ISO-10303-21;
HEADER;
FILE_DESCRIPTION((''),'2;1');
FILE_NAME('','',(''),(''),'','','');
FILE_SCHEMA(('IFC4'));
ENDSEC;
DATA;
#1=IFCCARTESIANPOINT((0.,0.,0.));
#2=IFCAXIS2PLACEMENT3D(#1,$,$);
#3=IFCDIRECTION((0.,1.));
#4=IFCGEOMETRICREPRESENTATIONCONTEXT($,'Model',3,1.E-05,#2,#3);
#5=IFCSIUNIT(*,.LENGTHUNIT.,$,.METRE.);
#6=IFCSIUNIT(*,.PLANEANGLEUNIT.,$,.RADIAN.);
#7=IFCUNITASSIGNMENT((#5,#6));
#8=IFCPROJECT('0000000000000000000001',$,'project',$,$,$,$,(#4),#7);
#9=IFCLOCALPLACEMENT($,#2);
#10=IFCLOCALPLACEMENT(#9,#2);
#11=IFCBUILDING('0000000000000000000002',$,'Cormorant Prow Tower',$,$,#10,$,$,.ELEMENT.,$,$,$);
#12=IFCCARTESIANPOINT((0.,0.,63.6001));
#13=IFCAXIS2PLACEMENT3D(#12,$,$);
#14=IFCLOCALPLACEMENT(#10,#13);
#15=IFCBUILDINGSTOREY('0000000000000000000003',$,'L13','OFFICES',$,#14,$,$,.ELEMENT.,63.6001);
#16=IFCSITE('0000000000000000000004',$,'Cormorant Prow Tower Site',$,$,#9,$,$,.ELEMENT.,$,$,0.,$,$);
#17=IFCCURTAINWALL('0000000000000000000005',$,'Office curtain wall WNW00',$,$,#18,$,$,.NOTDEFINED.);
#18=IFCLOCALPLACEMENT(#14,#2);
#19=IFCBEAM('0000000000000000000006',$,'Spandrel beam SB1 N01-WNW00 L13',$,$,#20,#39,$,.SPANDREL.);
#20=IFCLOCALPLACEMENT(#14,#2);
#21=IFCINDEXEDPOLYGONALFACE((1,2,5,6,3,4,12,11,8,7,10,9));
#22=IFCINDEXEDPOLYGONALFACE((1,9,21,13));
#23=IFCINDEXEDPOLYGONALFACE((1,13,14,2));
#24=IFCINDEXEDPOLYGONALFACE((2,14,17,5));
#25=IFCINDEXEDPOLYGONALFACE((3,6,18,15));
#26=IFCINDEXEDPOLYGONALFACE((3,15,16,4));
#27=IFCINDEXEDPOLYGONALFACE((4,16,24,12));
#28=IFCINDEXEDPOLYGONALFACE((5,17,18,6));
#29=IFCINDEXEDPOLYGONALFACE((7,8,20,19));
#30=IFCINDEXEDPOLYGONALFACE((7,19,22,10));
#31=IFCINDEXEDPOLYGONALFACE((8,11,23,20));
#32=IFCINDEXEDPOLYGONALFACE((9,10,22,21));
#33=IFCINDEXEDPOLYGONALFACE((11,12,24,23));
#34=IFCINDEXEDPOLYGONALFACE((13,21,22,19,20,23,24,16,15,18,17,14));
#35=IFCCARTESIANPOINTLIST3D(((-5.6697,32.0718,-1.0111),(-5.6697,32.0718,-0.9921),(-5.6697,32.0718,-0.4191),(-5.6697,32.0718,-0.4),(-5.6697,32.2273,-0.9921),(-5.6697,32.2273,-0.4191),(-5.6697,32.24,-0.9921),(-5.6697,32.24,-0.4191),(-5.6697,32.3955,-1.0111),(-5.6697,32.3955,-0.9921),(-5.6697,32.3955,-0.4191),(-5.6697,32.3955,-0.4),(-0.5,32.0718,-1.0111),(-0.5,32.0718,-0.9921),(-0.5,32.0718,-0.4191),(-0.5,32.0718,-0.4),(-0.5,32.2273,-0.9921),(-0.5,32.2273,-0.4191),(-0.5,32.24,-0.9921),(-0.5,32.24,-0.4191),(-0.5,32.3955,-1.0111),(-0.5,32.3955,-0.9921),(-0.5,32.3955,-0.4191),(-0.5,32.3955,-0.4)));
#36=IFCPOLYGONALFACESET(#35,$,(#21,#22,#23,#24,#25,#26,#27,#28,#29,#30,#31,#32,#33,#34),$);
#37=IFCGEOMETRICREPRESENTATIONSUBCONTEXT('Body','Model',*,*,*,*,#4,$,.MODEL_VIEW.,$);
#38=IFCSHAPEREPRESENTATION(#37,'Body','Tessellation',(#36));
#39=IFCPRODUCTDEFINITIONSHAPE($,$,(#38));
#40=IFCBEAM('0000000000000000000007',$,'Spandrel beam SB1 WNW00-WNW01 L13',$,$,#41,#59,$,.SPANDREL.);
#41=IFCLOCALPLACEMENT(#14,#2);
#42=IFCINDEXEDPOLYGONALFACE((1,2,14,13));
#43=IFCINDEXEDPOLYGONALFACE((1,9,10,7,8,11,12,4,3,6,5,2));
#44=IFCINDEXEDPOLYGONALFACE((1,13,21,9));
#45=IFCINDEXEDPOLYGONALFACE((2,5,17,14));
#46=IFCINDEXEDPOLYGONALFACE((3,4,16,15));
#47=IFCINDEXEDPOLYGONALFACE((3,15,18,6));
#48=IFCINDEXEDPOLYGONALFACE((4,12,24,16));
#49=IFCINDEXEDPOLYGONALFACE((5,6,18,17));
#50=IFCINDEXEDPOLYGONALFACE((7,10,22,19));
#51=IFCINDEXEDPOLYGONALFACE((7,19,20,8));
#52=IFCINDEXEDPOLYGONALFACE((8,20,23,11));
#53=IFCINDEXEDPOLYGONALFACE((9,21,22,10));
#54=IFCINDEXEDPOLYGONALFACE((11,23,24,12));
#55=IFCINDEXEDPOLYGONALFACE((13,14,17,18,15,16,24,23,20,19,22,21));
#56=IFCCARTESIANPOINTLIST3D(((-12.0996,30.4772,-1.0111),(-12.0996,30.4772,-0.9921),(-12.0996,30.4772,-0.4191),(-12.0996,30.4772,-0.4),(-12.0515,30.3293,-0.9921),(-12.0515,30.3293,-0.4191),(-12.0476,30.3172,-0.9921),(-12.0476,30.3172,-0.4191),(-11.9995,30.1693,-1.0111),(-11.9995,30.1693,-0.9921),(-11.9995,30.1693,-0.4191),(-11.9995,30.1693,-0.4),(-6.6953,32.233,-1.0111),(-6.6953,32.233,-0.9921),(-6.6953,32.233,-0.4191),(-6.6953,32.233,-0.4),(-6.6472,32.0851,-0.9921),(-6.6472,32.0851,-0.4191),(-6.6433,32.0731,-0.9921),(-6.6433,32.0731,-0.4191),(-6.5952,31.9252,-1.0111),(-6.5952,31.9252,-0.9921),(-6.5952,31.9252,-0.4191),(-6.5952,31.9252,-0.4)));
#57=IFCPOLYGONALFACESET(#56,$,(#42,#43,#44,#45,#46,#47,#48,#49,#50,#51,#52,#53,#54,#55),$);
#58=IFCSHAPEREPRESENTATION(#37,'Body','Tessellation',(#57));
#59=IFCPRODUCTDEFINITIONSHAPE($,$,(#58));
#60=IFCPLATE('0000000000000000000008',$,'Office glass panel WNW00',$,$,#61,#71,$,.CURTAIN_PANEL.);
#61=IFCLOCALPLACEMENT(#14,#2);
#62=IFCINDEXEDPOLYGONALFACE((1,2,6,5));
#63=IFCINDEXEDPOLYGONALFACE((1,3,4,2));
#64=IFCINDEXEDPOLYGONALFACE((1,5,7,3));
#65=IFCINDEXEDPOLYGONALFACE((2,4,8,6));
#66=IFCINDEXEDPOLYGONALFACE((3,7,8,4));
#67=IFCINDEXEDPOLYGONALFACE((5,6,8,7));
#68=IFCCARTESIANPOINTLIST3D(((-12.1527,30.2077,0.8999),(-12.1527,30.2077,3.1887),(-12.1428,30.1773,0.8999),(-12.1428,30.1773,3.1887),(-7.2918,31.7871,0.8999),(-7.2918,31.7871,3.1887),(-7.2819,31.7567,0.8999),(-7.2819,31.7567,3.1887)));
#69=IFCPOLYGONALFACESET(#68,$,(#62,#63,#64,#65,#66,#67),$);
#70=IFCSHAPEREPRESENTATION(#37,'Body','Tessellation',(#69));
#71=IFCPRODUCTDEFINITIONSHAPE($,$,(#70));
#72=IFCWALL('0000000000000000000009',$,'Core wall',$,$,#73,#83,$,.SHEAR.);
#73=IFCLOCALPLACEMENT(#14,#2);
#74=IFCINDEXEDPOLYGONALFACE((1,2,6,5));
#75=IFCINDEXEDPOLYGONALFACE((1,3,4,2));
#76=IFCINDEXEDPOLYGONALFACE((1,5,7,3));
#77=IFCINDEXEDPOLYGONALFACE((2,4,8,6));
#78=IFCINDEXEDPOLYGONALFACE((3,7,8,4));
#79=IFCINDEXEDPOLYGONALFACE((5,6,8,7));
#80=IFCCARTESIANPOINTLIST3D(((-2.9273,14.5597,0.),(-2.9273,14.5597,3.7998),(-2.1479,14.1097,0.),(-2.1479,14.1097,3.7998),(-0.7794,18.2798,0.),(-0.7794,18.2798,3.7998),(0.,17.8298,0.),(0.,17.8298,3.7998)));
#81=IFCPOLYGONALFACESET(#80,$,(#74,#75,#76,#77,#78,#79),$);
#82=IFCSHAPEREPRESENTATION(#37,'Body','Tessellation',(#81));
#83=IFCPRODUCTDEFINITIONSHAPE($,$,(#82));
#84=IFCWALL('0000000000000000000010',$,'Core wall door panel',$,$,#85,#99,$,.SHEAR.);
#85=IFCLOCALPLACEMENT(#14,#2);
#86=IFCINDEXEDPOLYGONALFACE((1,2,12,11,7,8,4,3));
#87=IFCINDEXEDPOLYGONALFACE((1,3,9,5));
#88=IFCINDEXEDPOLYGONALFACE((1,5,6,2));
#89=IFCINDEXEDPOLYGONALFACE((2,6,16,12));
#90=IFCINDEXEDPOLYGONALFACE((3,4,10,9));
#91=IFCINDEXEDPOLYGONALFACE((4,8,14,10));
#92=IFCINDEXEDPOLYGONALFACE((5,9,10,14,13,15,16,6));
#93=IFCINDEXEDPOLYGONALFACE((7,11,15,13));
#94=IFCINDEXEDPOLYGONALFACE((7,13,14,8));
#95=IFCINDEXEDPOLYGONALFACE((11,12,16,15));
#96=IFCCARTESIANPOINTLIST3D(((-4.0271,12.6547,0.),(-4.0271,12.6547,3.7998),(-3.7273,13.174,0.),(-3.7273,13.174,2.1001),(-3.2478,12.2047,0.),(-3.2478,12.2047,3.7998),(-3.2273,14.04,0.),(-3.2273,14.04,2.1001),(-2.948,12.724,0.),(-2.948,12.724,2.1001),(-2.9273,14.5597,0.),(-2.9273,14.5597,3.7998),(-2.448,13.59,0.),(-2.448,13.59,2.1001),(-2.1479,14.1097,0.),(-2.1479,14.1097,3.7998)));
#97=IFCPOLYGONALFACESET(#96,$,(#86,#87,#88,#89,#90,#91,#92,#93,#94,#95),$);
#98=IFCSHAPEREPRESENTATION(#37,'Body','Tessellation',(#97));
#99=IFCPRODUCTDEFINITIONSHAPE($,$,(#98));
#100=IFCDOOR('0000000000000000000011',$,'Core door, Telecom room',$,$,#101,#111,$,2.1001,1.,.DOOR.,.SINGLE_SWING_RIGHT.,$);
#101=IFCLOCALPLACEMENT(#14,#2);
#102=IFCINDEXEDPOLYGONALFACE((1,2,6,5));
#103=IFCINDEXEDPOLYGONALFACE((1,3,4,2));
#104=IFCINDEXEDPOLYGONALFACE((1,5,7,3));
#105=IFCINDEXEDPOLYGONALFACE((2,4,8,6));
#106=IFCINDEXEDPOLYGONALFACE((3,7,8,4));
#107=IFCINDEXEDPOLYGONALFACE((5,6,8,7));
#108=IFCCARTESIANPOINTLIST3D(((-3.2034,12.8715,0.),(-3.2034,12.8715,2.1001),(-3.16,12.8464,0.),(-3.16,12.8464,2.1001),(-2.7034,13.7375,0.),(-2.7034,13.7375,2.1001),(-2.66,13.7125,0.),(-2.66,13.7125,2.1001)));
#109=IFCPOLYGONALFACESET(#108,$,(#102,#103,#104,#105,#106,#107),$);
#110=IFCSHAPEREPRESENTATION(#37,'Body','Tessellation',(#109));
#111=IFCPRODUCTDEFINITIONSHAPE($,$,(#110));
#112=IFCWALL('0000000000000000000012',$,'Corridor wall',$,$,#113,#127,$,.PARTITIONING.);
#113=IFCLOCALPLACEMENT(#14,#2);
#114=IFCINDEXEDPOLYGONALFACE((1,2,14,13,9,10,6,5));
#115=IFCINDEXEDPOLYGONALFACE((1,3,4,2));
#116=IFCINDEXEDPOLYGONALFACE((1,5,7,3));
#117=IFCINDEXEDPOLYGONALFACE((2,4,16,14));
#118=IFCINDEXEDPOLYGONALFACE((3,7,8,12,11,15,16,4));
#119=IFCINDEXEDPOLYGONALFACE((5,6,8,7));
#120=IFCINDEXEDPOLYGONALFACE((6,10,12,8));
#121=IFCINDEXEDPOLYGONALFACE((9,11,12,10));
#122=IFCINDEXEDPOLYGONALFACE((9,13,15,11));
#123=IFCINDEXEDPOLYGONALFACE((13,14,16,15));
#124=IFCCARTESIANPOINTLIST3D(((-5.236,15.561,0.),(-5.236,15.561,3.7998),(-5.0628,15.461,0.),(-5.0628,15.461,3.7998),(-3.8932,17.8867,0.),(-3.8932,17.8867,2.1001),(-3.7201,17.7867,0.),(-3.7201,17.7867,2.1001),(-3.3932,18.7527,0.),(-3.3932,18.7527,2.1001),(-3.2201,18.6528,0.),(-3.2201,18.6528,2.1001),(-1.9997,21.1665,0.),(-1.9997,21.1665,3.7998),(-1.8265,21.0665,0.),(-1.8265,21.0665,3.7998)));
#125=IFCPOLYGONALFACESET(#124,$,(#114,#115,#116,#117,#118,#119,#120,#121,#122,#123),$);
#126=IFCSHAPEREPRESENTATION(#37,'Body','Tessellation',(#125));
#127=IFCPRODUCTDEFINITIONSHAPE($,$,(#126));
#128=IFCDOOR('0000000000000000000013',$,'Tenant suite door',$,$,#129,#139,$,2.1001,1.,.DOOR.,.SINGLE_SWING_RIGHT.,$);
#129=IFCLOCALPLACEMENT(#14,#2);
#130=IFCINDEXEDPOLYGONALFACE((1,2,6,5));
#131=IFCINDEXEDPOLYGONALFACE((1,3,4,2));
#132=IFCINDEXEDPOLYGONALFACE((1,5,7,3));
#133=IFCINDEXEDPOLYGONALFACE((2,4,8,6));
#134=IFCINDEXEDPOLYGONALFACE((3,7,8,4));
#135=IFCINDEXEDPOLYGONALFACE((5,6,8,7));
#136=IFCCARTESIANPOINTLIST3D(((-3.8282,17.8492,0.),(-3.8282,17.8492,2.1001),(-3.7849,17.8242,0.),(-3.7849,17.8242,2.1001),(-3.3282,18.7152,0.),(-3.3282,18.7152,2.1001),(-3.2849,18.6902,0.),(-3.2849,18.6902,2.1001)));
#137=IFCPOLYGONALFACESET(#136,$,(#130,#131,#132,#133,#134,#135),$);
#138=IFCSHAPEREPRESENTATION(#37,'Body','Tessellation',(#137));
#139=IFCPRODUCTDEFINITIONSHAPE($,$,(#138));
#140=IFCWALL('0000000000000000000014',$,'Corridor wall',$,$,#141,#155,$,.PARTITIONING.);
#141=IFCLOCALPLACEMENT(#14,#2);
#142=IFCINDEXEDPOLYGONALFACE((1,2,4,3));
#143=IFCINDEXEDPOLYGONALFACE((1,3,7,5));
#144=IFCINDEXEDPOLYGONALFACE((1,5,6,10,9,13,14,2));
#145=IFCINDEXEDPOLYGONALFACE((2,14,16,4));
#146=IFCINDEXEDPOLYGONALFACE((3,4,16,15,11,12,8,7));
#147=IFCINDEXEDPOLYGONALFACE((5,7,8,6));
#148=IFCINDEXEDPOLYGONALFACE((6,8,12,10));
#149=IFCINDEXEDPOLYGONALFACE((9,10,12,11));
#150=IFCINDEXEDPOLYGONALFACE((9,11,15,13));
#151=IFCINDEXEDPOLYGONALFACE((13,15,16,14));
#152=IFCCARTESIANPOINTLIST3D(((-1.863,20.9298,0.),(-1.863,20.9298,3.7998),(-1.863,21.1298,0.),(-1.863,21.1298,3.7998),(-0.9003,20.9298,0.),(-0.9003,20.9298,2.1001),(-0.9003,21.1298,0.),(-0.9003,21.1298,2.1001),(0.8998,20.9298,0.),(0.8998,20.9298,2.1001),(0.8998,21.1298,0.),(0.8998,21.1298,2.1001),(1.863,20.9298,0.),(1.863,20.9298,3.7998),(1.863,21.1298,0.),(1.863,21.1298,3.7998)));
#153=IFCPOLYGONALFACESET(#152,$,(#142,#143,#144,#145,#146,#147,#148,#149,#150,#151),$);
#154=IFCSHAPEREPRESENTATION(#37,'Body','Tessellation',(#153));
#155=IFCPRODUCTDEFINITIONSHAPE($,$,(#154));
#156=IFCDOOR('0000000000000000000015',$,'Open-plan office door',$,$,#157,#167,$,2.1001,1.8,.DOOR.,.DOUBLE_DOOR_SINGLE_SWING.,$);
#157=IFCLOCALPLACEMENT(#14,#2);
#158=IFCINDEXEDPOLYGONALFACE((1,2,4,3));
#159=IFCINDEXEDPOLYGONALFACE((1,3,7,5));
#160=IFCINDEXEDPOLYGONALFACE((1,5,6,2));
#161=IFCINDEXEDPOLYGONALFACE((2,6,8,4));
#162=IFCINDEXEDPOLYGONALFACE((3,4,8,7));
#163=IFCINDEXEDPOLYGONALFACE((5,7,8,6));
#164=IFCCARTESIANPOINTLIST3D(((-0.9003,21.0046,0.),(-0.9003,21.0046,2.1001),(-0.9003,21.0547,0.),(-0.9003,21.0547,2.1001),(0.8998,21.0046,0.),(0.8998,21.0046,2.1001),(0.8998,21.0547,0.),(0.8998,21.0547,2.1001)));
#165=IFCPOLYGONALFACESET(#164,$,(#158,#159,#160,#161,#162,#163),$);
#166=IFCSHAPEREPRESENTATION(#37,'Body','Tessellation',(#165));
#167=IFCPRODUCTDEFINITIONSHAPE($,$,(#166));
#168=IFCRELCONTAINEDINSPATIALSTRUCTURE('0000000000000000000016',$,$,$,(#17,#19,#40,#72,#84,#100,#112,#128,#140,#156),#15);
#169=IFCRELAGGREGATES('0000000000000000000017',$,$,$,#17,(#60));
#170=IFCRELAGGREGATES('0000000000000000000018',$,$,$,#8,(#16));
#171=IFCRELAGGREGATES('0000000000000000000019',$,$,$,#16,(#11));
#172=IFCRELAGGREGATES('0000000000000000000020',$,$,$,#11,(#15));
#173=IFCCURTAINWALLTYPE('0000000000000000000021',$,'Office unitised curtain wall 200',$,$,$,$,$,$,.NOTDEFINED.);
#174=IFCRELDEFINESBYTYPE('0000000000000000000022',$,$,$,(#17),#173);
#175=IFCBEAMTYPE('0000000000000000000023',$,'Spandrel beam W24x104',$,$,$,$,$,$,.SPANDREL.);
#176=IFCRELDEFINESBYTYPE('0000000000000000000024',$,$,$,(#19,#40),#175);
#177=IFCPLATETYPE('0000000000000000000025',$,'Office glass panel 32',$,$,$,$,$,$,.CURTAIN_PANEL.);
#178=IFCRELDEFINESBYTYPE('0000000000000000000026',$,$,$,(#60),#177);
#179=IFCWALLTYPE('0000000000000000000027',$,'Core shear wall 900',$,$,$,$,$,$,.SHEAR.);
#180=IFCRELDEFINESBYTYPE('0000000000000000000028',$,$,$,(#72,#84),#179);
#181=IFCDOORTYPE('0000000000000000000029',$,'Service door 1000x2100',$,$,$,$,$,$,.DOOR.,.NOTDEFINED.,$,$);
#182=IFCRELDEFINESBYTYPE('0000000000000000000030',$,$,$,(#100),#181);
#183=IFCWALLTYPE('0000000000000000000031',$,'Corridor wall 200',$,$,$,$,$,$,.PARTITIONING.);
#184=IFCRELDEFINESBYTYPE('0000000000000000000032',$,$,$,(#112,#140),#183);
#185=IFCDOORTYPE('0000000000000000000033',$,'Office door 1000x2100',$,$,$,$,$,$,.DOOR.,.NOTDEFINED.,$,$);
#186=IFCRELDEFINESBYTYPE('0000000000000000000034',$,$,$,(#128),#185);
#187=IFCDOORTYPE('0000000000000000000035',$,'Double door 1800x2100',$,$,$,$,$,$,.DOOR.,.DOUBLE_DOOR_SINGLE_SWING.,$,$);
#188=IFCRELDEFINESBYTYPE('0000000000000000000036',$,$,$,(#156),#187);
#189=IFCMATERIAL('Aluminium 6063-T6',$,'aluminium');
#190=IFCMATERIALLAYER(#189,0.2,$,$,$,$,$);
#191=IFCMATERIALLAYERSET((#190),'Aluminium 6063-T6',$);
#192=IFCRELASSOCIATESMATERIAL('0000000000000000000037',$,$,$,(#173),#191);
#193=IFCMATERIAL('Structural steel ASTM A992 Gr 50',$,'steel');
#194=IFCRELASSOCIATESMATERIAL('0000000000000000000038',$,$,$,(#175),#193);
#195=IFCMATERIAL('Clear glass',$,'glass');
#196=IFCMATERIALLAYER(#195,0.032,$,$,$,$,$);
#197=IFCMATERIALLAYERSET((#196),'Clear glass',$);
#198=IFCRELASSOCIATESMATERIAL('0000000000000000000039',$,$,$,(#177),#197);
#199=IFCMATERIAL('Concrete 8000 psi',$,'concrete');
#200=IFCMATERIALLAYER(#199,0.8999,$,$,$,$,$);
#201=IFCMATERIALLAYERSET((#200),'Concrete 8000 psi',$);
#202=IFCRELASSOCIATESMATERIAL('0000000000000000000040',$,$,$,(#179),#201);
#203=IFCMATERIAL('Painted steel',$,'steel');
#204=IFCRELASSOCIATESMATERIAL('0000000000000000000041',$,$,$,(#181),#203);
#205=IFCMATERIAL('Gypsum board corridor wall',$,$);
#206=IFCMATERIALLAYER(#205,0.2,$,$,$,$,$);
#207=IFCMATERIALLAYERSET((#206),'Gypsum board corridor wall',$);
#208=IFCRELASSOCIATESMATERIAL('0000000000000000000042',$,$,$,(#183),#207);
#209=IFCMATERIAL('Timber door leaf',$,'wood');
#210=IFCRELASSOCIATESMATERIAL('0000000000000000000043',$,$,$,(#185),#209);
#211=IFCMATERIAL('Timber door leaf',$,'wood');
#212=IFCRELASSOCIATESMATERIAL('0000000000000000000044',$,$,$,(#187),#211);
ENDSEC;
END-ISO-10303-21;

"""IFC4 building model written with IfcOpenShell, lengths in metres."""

from ifc_helpers import new_model, si_unit, direction, frame, frame_2d, origin, origin_2d, place, context, subcontext, project, spatial, rectangle, i_section, extrude, material, layer, layer_set, material_profile, profile_set, type_object, element, fill, aggregate, save


model = new_model("IFC4")

# Units and contexts
model_context = context("Model", 3, precision=1e-05, world=origin(), true_north=direction((0.0, 1.0)))
body_context = subcontext(model_context, "Body", "Model", "MODEL_VIEW")
ifc_project = project(units=[si_unit("LENGTHUNIT", "METRE"), si_unit("PLANEANGLEUNIT", "RADIAN")], contexts=[model_context])

# Site, building, storey
site_placement = place(None, origin())
site = spatial("IfcSite", under=ifc_project, at=site_placement, Name="Cormorant Prow Tower Site", CompositionType="ELEMENT", RefElevation=0.0)
building_placement = place(site_placement, origin())
building = spatial("IfcBuilding", under=site, at=building_placement, Name="Cormorant Prow Tower", CompositionType="ELEMENT")
storey_placement = place(building_placement, frame((0.0, 0.0, 63.6001)))
storey = spatial("IfcBuildingStorey", under=building, at=storey_placement, Name="L13", Description="OFFICES", CompositionType="ELEMENT", Elevation=63.6001)

# Curtain wall
ifc_material_1 = material(Name="Aluminium 6063-T6", Category="aluminium")
ifc_layer_1 = layer(ifc_material_1, 0.2)
ifc_layer_set_1 = layer_set([ifc_layer_1], Name="Aluminium 6063-T6")
curtain_wall_type = type_object("IfcCurtainWallType", Name="Office unitised curtain wall 200", PredefinedType="NOTDEFINED", material=ifc_layer_set_1)
curtain_wall_placement = place(storey_placement, origin())
curtain_wall = element("IfcCurtainWall", 1, at=curtain_wall_placement, inside=storey, type_object=curtain_wall_type, Name="Office curtain wall WNW00", PredefinedType="NOTDEFINED")

# Beams
ifc_material_2 = material(Name="Structural steel ASTM A992 Gr 50", Category="steel")
ifc_material_profile_1 = material_profile(ifc_material_2, i_section(OverallWidth=0.3237, OverallDepth=0.6111, WebThickness=0.0127, FlangeThickness=0.019, at=origin_2d()), Name="W24x104")
ifc_profile_set_1 = profile_set([ifc_material_profile_1], Name="Structural steel ASTM A992 Gr 50")
beam_type_1 = type_object("IfcBeamType", Name="Spandrel beam W24x104", PredefinedType="SPANDREL", material=ifc_profile_set_1)
beam_1_placement = place(storey_placement, frame((-0.5, 32.2336, -0.7056), z_axis=(-1.0, 0.0, 0.0), x_axis=(0.0, -1.0, 0.0)))
element("IfcBeam", 2, at=beam_1_placement, inside=storey, type_object=beam_type_1, Name="Spandrel beam SB1 N01-WNW00 L13", PredefinedType="SPANDREL", context=body_context, shape_type="SweptSolid", body=[
    extrude(i_section(OverallWidth=0.3237, OverallDepth=0.6111, WebThickness=0.0127, FlangeThickness=0.019, at=origin_2d()), origin(), (0.0, 0.0, 1.0), 5.1697),
])
beam_2_placement = place(storey_placement, frame((-6.6453, 32.0791, -0.7056), z_axis=(-0.951062, -0.309001, 0.0), x_axis=(0.309001, -0.951062, 0.0)))
element("IfcBeam", 3, at=beam_2_placement, inside=storey, type_object=beam_type_1, Name="Spandrel beam SB1 WNW00-WNW01 L13", PredefinedType="SPANDREL", context=body_context, shape_type="SweptSolid", body=[
    extrude(i_section(OverallWidth=0.3237, OverallDepth=0.6111, WebThickness=0.0127, FlangeThickness=0.019, at=origin_2d()), origin(), (0.0, 0.0, 1.0), 5.6824),
])

# Plate
ifc_material_3 = material(Name="Clear glass", Category="glass")
ifc_layer_2 = layer(ifc_material_3, 0.032)
ifc_layer_set_2 = layer_set([ifc_layer_2], Name="Clear glass")
plate_type = type_object("IfcPlateType", Name="Office glass panel 32", PredefinedType="CURTAIN_PANEL", material=ifc_layer_set_2)
plate_placement = place(storey_placement, frame((-9.7173, 30.9822, 0.8999), z_axis=(0.0, 0.0, 1.0), x_axis=(-0.951056, -0.309017, 0.0)))
plate = element("IfcPlate", 4, at=plate_placement, type_object=plate_type, Name="Office glass panel WNW00", PredefinedType="CURTAIN_PANEL", context=body_context, shape_type="SweptSolid", body=[
    extrude(rectangle(XDim=5.1111, YDim=0.032, at=origin_2d()), origin(), (0.0, 0.0, 1.0), 2.2888),
])
aggregate(curtain_wall, [plate])

# Wall
ifc_material_4 = material(Name="Concrete 8000 psi", Category="concrete")
ifc_layer_3 = layer(ifc_material_4, 0.8999)
ifc_layer_set_3 = layer_set([ifc_layer_3], Name="Concrete 8000 psi")
wall_type_1 = type_object("IfcWallType", Name="Core shear wall 900", PredefinedType="SHEAR", material=ifc_layer_set_3)
wall_1_placement = place(storey_placement, frame((-0.3896, 18.0549, 0.0), z_axis=(0.0, 0.0, 1.0), x_axis=(-0.500014, -0.866017, 0.0)))
element("IfcWall", 5, at=wall_1_placement, inside=storey, type_object=wall_type_1, Name="Core wall", PredefinedType="SHEAR", context=body_context, shape_type="SweptSolid", body=[
    extrude(rectangle(XDim=4.2957, YDim=0.8999, at=frame_2d((2.1479, 0.0))), origin(), (0.0, 0.0, 1.0), 3.7998),
])

# Walls, openings, doors
wall_2_placement = place(storey_placement, frame((-2.5376, 14.3347, 0.0), z_axis=(0.0, 0.0, 1.0), x_axis=(-0.499995, -0.866028, 0.0)))
wall_2 = element("IfcWall", 6, at=wall_2_placement, inside=storey, type_object=wall_type_1, Name="Core wall door panel", PredefinedType="SHEAR", context=body_context, shape_type="SweptSolid", body=[
    extrude(rectangle(XDim=2.1997, YDim=0.8999, at=frame_2d((1.0999, 0.0))), origin(), (0.0, 0.0, 1.0), 3.7998),
])
opening_1_placement = place(wall_2_placement, frame((0.6001, 0.0, 0.0)))
opening_1 = element("IfcOpeningElement", 7, at=opening_1_placement, cuts=wall_2, PredefinedType="OPENING", context=body_context, shape_type="SweptSolid", body=[
    extrude(rectangle(XDim=1.0, YDim=2.1001, at=frame_2d((0.5, 1.05))), frame((0.0, 0.46, 0.0), z_axis=(0.0, -1.0, 0.0), x_axis=(1.0, 0.0, 0.0)), (0.0, 0.0, 1.0), 0.9199),
])
ifc_material_5 = material(Name="Painted steel", Category="steel")
door_type_1 = type_object("IfcDoorType", Name="Service door 1000x2100", OperationType="NOTDEFINED", PredefinedType="DOOR", material=ifc_material_5)
door_1_placement = place(opening_1_placement, origin())
door_1 = element("IfcDoor", 8, at=door_1_placement, inside=storey, type_object=door_type_1, Name="Core door, Telecom room", OperationType="SINGLE_SWING_RIGHT", OverallHeight=2.1001, OverallWidth=1.0, PredefinedType="DOOR", context=body_context, shape_type="SweptSolid", body=[
    extrude(rectangle(XDim=1.0, YDim=2.1001, at=frame_2d((0.5, 1.05))), frame((0.0, 0.2051, 0.0), z_axis=(0.0, -1.0, 0.0), x_axis=(1.0, 0.0, 0.0)), (0.0, 0.0, 1.0), 0.05),
])
fill(opening_1, door_1)
ifc_material_6 = material(Name="Gypsum board corridor wall")
ifc_layer_4 = layer(ifc_material_6, 0.2)
ifc_layer_set_4 = layer_set([ifc_layer_4], Name="Gypsum board corridor wall")
wall_type_2 = type_object("IfcWallType", Name="Corridor wall 200", PredefinedType="PARTITIONING", material=ifc_layer_set_4)
wall_3_placement = place(storey_placement, frame((-5.1494, 15.511, 0.0), z_axis=(0.0, 0.0, 1.0), x_axis=(0.500001, 0.866025, 0.0)))
wall_3 = element("IfcWall", 9, at=wall_3_placement, inside=storey, type_object=wall_type_2, Name="Corridor wall", PredefinedType="PARTITIONING", context=body_context, shape_type="SweptSolid", body=[
    extrude(rectangle(XDim=6.4727, YDim=0.2, at=frame_2d((3.2363, 0.0))), origin(), (0.0, 0.0, 1.0), 3.7998),
])
opening_2_placement = place(wall_3_placement, frame((2.6855, 0.0, 0.0)))
opening_2 = element("IfcOpeningElement", 10, at=opening_2_placement, cuts=wall_3, PredefinedType="OPENING", context=body_context, shape_type="SweptSolid", body=[
    extrude(rectangle(XDim=1.0, YDim=2.1001, at=frame_2d((0.5, 1.05))), frame((0.0, 0.1099, 0.0), z_axis=(0.0, -1.0, 0.0), x_axis=(1.0, 0.0, 0.0)), (0.0, 0.0, 1.0), 0.22),
])
ifc_material_7 = material(Name="Timber door leaf", Category="wood")
door_type_2 = type_object("IfcDoorType", Name="Office door 1000x2100", OperationType="NOTDEFINED", PredefinedType="DOOR", material=ifc_material_7)
door_2_placement = place(opening_2_placement, origin())
door_2 = element("IfcDoor", 11, at=door_2_placement, inside=storey, type_object=door_type_2, Name="Tenant suite door", OperationType="SINGLE_SWING_RIGHT", OverallHeight=2.1001, OverallWidth=1.0, PredefinedType="DOOR", context=body_context, shape_type="SweptSolid", body=[
    extrude(rectangle(XDim=1.0, YDim=2.1001, at=frame_2d((0.5, 1.05))), frame((0.0, 0.0249, 0.0), z_axis=(0.0, -1.0, 0.0), x_axis=(1.0, 0.0, 0.0)), (0.0, 0.0, 1.0), 0.05),
])
fill(opening_2, door_2)
wall_4_placement = place(storey_placement, frame((-1.863, 21.0298, 0.0), z_axis=(0.0, 0.0, 1.0), x_axis=(1.0, 0.0, 0.0)))
wall_4 = element("IfcWall", 12, at=wall_4_placement, inside=storey, type_object=wall_type_2, Name="Corridor wall", PredefinedType="PARTITIONING", context=body_context, shape_type="SweptSolid", body=[
    extrude(rectangle(XDim=3.7261, YDim=0.2, at=frame_2d((1.863, 0.0))), origin(), (0.0, 0.0, 1.0), 3.7998),
])
opening_3_placement = place(wall_4_placement, frame((0.9629, 0.0, 0.0)))
opening_3 = element("IfcOpeningElement", 13, at=opening_3_placement, cuts=wall_4, PredefinedType="OPENING", context=body_context, shape_type="SweptSolid", body=[
    extrude(rectangle(XDim=1.8, YDim=2.1001, at=frame_2d((0.8999, 1.05))), frame((0.0, 0.1099, 0.0), z_axis=(0.0, -1.0, 0.0), x_axis=(1.0, 0.0, 0.0)), (0.0, 0.0, 1.0), 0.22),
])
ifc_material_8 = material(Name="Timber door leaf", Category="wood")
door_type_3 = type_object("IfcDoorType", Name="Double door 1800x2100", OperationType="DOUBLE_DOOR_SINGLE_SWING", PredefinedType="DOOR", material=ifc_material_8)
door_3_placement = place(opening_3_placement, origin())
door_3 = element("IfcDoor", 14, at=door_3_placement, inside=storey, type_object=door_type_3, Name="Open-plan office door", OperationType="DOUBLE_DOOR_SINGLE_SWING", OverallHeight=2.1001, OverallWidth=1.8, PredefinedType="DOOR", context=body_context, shape_type="SweptSolid", body=[
    extrude(rectangle(XDim=1.8, YDim=2.1001, at=frame_2d((0.8999, 1.05))), frame((0.0, 0.0249, 0.0), z_axis=(0.0, -1.0, 0.0), x_axis=(1.0, 0.0, 0.0)), (0.0, 0.0, 1.0), 0.05),
])
fill(opening_3, door_3)

save(model, "model.ifc")
